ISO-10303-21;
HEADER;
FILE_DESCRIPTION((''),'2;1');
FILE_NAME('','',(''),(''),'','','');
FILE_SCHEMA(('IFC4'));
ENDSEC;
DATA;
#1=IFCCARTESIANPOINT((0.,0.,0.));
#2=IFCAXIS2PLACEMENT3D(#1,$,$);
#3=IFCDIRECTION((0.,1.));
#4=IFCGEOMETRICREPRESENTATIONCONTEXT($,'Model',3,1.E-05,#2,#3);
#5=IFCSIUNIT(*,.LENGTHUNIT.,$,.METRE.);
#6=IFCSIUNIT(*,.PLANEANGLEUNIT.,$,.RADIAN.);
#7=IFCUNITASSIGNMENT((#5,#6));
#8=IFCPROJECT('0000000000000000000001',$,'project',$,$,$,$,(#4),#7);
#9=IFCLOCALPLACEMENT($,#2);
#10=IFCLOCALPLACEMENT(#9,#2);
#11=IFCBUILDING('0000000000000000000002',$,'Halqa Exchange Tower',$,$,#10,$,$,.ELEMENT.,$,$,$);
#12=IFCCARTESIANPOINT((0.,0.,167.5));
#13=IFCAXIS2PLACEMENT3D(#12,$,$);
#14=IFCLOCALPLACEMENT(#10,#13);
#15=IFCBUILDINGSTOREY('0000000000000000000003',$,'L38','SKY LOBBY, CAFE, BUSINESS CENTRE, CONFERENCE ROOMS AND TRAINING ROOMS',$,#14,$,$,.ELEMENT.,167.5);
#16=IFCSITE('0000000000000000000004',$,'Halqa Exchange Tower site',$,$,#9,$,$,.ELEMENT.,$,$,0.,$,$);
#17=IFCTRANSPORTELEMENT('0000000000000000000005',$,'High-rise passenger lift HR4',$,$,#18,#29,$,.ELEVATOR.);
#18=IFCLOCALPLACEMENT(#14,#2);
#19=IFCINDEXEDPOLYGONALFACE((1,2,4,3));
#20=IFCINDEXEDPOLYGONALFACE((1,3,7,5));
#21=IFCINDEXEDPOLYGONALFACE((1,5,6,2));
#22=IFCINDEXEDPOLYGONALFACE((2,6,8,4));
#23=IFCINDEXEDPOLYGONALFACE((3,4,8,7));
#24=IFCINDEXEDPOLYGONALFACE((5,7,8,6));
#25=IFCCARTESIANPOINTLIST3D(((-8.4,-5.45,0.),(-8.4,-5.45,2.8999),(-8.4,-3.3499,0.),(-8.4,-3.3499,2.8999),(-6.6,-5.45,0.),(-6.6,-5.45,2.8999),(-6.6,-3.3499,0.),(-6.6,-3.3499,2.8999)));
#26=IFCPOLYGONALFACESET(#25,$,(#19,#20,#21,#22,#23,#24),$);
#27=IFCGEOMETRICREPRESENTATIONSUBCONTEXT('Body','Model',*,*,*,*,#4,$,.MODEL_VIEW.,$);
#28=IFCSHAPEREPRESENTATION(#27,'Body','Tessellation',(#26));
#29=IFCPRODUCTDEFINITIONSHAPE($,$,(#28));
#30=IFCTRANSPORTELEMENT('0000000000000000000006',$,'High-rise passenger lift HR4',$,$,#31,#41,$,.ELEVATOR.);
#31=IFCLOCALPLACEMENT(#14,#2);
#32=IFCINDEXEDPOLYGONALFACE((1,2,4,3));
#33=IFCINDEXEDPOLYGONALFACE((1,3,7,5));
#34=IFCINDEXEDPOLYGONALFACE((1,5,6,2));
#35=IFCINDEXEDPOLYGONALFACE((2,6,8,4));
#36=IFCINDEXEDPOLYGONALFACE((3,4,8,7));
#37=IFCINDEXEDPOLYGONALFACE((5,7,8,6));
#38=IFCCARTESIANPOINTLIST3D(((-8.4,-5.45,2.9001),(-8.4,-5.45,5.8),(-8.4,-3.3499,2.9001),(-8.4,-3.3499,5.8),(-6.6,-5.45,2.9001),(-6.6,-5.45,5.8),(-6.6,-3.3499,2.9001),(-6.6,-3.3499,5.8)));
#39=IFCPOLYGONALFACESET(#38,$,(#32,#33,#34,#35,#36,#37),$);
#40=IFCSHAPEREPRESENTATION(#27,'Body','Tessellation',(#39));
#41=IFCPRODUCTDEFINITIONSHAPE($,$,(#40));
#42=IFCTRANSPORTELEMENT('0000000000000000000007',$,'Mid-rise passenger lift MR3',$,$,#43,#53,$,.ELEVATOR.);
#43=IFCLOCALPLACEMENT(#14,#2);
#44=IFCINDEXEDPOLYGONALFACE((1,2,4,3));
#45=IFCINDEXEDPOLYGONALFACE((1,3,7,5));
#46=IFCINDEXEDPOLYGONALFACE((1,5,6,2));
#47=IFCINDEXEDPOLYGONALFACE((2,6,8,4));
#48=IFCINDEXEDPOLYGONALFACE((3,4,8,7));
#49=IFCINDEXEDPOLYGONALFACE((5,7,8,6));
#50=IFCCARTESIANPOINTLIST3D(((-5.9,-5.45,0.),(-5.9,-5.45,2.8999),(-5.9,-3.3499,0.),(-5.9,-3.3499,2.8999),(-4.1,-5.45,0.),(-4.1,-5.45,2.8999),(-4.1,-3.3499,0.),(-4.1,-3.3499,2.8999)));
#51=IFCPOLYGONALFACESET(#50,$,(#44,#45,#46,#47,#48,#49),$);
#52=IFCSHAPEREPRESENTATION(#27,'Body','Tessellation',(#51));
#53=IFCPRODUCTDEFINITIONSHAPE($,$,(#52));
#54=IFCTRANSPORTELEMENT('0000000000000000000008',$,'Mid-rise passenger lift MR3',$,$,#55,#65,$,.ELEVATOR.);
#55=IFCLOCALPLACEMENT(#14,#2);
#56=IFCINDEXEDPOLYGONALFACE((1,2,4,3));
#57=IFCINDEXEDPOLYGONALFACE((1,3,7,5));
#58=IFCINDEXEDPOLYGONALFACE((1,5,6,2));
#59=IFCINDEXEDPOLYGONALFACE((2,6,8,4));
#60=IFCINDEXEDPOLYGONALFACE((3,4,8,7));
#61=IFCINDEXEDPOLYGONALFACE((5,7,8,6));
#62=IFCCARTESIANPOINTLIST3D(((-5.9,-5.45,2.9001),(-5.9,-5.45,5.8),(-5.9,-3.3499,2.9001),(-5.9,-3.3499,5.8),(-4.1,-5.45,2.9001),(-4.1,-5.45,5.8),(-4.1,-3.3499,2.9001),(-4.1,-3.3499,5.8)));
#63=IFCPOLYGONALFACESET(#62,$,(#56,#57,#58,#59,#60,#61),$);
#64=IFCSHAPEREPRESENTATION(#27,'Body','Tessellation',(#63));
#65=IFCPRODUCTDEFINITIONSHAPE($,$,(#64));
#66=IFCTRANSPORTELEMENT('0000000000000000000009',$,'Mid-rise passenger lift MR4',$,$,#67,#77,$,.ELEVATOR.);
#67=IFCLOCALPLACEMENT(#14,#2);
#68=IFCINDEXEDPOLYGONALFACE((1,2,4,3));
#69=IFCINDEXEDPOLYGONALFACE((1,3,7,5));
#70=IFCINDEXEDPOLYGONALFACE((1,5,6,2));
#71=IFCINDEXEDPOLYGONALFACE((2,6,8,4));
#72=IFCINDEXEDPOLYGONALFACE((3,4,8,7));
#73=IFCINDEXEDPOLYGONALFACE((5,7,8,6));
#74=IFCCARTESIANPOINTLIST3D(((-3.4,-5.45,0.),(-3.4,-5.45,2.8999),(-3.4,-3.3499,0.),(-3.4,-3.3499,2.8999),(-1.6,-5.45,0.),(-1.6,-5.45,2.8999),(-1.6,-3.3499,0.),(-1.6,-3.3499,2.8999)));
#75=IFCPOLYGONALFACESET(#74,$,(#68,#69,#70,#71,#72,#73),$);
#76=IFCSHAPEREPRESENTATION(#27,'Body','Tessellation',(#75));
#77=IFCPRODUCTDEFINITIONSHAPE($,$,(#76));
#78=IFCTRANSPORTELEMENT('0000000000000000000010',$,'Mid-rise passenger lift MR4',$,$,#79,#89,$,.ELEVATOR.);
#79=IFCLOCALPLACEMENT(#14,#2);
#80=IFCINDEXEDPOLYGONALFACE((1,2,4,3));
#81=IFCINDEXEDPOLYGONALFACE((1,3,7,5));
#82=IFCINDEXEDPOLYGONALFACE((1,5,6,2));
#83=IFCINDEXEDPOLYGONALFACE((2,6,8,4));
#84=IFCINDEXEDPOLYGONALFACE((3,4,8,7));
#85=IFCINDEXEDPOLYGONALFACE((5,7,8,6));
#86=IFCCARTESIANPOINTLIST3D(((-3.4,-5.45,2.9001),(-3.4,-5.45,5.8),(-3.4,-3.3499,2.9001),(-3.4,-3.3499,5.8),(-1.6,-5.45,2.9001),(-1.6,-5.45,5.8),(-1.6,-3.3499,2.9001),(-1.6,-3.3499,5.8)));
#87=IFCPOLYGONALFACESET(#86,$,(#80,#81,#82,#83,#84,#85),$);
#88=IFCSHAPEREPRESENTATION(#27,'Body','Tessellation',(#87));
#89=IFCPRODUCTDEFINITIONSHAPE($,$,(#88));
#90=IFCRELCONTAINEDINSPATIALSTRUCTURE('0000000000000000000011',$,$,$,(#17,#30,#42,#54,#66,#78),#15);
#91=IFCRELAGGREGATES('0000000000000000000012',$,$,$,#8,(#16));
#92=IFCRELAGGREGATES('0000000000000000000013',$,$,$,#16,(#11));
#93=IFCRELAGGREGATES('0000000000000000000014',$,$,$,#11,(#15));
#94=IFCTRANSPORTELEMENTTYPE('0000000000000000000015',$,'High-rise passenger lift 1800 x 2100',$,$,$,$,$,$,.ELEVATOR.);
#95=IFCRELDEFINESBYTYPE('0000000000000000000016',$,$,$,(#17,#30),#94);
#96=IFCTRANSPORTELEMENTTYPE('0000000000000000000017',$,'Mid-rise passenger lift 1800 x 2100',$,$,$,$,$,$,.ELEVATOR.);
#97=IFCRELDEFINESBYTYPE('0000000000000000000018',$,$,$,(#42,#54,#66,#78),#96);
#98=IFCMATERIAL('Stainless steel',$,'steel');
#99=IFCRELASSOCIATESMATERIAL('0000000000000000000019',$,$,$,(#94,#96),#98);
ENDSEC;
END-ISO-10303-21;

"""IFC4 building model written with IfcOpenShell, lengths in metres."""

from ifc_helpers import new_model, si_unit, direction, frame, origin, origin_2d, place, context, subcontext, project, spatial, rectangle, extrude, material, type_object, element, save


model = new_model("IFC4")

# Units and contexts
model_context = context("Model", 3, precision=1e-05, world=origin(), true_north=direction((0.0, 1.0)))
body_context = subcontext(model_context, "Body", "Model", "MODEL_VIEW")
ifc_project = project(units=[si_unit("LENGTHUNIT", "METRE"), si_unit("PLANEANGLEUNIT", "RADIAN")], contexts=[model_context])

# Site, building, storey
site_placement = place(None, origin())
site = spatial("IfcSite", under=ifc_project, at=site_placement, Name="Halqa Exchange Tower site", CompositionType="ELEMENT", RefElevation=0.0)
building_placement = place(site_placement, origin())
building = spatial("IfcBuilding", under=site, at=building_placement, Name="Halqa Exchange Tower", CompositionType="ELEMENT")
storey_placement = place(building_placement, frame((0.0, 0.0, 167.5)))
storey = spatial("IfcBuildingStorey", under=building, at=storey_placement, Name="L38", Description="SKY LOBBY, CAFE, BUSINESS CENTRE, CONFERENCE ROOMS AND TRAINING ROOMS", CompositionType="ELEMENT", Elevation=167.5)

# Shared definitions
ifc_material_1 = material(Name="Stainless steel", Category="steel")

# Transport elements
transport_element_type_1 = type_object("IfcTransportElementType", Name="High-rise passenger lift 1800 x 2100", PredefinedType="ELEVATOR", material=ifc_material_1)
for number, where, z_axis, x_axis, name in (
    (1, (-7.5, -4.3999, 0.0), (0.0, 0.0, 1.0), (1.0, 0.0, 0.0), "High-rise passenger lift HR4"),
    (2, (-7.5, -4.3999, 2.9001), (0.0, 0.0, 1.0), (1.0, 0.0, 0.0), "High-rise passenger lift HR4"),
):
    element("IfcTransportElement", number, at=place(storey_placement, frame(where, z_axis=z_axis, x_axis=x_axis)), inside=storey, type_object=transport_element_type_1, Name=name, PredefinedType="ELEVATOR", context=body_context, shape_type="SweptSolid", body=[
        extrude(rectangle(XDim=1.8, YDim=2.1001, at=origin_2d()), origin(), (0.0, 0.0, 1.0), 2.8999),
    ])
transport_element_type_2 = type_object("IfcTransportElementType", Name="Mid-rise passenger lift 1800 x 2100", PredefinedType="ELEVATOR", material=ifc_material_1)
for number, where, z_axis, x_axis, name in (
    (3, (-5.0, -4.3999, 0.0), (0.0, 0.0, 1.0), (1.0, 0.0, 0.0), "Mid-rise passenger lift MR3"),
    (4, (-5.0, -4.3999, 2.9001), (0.0, 0.0, 1.0), (1.0, 0.0, 0.0), "Mid-rise passenger lift MR3"),
    (5, (-2.5, -4.3999, 0.0), (0.0, 0.0, 1.0), (1.0, 0.0, 0.0), "Mid-rise passenger lift MR4"),
    (6, (-2.5, -4.3999, 2.9001), (0.0, 0.0, 1.0), (1.0, 0.0, 0.0), "Mid-rise passenger lift MR4"),
):
    element("IfcTransportElement", number, at=place(storey_placement, frame(where, z_axis=z_axis, x_axis=x_axis)), inside=storey, type_object=transport_element_type_2, Name=name, PredefinedType="ELEVATOR", context=body_context, shape_type="SweptSolid", body=[
        extrude(rectangle(XDim=1.8, YDim=2.1001, at=origin_2d()), origin(), (0.0, 0.0, 1.0), 2.8999),
    ])

save(model, "model.ifc")
